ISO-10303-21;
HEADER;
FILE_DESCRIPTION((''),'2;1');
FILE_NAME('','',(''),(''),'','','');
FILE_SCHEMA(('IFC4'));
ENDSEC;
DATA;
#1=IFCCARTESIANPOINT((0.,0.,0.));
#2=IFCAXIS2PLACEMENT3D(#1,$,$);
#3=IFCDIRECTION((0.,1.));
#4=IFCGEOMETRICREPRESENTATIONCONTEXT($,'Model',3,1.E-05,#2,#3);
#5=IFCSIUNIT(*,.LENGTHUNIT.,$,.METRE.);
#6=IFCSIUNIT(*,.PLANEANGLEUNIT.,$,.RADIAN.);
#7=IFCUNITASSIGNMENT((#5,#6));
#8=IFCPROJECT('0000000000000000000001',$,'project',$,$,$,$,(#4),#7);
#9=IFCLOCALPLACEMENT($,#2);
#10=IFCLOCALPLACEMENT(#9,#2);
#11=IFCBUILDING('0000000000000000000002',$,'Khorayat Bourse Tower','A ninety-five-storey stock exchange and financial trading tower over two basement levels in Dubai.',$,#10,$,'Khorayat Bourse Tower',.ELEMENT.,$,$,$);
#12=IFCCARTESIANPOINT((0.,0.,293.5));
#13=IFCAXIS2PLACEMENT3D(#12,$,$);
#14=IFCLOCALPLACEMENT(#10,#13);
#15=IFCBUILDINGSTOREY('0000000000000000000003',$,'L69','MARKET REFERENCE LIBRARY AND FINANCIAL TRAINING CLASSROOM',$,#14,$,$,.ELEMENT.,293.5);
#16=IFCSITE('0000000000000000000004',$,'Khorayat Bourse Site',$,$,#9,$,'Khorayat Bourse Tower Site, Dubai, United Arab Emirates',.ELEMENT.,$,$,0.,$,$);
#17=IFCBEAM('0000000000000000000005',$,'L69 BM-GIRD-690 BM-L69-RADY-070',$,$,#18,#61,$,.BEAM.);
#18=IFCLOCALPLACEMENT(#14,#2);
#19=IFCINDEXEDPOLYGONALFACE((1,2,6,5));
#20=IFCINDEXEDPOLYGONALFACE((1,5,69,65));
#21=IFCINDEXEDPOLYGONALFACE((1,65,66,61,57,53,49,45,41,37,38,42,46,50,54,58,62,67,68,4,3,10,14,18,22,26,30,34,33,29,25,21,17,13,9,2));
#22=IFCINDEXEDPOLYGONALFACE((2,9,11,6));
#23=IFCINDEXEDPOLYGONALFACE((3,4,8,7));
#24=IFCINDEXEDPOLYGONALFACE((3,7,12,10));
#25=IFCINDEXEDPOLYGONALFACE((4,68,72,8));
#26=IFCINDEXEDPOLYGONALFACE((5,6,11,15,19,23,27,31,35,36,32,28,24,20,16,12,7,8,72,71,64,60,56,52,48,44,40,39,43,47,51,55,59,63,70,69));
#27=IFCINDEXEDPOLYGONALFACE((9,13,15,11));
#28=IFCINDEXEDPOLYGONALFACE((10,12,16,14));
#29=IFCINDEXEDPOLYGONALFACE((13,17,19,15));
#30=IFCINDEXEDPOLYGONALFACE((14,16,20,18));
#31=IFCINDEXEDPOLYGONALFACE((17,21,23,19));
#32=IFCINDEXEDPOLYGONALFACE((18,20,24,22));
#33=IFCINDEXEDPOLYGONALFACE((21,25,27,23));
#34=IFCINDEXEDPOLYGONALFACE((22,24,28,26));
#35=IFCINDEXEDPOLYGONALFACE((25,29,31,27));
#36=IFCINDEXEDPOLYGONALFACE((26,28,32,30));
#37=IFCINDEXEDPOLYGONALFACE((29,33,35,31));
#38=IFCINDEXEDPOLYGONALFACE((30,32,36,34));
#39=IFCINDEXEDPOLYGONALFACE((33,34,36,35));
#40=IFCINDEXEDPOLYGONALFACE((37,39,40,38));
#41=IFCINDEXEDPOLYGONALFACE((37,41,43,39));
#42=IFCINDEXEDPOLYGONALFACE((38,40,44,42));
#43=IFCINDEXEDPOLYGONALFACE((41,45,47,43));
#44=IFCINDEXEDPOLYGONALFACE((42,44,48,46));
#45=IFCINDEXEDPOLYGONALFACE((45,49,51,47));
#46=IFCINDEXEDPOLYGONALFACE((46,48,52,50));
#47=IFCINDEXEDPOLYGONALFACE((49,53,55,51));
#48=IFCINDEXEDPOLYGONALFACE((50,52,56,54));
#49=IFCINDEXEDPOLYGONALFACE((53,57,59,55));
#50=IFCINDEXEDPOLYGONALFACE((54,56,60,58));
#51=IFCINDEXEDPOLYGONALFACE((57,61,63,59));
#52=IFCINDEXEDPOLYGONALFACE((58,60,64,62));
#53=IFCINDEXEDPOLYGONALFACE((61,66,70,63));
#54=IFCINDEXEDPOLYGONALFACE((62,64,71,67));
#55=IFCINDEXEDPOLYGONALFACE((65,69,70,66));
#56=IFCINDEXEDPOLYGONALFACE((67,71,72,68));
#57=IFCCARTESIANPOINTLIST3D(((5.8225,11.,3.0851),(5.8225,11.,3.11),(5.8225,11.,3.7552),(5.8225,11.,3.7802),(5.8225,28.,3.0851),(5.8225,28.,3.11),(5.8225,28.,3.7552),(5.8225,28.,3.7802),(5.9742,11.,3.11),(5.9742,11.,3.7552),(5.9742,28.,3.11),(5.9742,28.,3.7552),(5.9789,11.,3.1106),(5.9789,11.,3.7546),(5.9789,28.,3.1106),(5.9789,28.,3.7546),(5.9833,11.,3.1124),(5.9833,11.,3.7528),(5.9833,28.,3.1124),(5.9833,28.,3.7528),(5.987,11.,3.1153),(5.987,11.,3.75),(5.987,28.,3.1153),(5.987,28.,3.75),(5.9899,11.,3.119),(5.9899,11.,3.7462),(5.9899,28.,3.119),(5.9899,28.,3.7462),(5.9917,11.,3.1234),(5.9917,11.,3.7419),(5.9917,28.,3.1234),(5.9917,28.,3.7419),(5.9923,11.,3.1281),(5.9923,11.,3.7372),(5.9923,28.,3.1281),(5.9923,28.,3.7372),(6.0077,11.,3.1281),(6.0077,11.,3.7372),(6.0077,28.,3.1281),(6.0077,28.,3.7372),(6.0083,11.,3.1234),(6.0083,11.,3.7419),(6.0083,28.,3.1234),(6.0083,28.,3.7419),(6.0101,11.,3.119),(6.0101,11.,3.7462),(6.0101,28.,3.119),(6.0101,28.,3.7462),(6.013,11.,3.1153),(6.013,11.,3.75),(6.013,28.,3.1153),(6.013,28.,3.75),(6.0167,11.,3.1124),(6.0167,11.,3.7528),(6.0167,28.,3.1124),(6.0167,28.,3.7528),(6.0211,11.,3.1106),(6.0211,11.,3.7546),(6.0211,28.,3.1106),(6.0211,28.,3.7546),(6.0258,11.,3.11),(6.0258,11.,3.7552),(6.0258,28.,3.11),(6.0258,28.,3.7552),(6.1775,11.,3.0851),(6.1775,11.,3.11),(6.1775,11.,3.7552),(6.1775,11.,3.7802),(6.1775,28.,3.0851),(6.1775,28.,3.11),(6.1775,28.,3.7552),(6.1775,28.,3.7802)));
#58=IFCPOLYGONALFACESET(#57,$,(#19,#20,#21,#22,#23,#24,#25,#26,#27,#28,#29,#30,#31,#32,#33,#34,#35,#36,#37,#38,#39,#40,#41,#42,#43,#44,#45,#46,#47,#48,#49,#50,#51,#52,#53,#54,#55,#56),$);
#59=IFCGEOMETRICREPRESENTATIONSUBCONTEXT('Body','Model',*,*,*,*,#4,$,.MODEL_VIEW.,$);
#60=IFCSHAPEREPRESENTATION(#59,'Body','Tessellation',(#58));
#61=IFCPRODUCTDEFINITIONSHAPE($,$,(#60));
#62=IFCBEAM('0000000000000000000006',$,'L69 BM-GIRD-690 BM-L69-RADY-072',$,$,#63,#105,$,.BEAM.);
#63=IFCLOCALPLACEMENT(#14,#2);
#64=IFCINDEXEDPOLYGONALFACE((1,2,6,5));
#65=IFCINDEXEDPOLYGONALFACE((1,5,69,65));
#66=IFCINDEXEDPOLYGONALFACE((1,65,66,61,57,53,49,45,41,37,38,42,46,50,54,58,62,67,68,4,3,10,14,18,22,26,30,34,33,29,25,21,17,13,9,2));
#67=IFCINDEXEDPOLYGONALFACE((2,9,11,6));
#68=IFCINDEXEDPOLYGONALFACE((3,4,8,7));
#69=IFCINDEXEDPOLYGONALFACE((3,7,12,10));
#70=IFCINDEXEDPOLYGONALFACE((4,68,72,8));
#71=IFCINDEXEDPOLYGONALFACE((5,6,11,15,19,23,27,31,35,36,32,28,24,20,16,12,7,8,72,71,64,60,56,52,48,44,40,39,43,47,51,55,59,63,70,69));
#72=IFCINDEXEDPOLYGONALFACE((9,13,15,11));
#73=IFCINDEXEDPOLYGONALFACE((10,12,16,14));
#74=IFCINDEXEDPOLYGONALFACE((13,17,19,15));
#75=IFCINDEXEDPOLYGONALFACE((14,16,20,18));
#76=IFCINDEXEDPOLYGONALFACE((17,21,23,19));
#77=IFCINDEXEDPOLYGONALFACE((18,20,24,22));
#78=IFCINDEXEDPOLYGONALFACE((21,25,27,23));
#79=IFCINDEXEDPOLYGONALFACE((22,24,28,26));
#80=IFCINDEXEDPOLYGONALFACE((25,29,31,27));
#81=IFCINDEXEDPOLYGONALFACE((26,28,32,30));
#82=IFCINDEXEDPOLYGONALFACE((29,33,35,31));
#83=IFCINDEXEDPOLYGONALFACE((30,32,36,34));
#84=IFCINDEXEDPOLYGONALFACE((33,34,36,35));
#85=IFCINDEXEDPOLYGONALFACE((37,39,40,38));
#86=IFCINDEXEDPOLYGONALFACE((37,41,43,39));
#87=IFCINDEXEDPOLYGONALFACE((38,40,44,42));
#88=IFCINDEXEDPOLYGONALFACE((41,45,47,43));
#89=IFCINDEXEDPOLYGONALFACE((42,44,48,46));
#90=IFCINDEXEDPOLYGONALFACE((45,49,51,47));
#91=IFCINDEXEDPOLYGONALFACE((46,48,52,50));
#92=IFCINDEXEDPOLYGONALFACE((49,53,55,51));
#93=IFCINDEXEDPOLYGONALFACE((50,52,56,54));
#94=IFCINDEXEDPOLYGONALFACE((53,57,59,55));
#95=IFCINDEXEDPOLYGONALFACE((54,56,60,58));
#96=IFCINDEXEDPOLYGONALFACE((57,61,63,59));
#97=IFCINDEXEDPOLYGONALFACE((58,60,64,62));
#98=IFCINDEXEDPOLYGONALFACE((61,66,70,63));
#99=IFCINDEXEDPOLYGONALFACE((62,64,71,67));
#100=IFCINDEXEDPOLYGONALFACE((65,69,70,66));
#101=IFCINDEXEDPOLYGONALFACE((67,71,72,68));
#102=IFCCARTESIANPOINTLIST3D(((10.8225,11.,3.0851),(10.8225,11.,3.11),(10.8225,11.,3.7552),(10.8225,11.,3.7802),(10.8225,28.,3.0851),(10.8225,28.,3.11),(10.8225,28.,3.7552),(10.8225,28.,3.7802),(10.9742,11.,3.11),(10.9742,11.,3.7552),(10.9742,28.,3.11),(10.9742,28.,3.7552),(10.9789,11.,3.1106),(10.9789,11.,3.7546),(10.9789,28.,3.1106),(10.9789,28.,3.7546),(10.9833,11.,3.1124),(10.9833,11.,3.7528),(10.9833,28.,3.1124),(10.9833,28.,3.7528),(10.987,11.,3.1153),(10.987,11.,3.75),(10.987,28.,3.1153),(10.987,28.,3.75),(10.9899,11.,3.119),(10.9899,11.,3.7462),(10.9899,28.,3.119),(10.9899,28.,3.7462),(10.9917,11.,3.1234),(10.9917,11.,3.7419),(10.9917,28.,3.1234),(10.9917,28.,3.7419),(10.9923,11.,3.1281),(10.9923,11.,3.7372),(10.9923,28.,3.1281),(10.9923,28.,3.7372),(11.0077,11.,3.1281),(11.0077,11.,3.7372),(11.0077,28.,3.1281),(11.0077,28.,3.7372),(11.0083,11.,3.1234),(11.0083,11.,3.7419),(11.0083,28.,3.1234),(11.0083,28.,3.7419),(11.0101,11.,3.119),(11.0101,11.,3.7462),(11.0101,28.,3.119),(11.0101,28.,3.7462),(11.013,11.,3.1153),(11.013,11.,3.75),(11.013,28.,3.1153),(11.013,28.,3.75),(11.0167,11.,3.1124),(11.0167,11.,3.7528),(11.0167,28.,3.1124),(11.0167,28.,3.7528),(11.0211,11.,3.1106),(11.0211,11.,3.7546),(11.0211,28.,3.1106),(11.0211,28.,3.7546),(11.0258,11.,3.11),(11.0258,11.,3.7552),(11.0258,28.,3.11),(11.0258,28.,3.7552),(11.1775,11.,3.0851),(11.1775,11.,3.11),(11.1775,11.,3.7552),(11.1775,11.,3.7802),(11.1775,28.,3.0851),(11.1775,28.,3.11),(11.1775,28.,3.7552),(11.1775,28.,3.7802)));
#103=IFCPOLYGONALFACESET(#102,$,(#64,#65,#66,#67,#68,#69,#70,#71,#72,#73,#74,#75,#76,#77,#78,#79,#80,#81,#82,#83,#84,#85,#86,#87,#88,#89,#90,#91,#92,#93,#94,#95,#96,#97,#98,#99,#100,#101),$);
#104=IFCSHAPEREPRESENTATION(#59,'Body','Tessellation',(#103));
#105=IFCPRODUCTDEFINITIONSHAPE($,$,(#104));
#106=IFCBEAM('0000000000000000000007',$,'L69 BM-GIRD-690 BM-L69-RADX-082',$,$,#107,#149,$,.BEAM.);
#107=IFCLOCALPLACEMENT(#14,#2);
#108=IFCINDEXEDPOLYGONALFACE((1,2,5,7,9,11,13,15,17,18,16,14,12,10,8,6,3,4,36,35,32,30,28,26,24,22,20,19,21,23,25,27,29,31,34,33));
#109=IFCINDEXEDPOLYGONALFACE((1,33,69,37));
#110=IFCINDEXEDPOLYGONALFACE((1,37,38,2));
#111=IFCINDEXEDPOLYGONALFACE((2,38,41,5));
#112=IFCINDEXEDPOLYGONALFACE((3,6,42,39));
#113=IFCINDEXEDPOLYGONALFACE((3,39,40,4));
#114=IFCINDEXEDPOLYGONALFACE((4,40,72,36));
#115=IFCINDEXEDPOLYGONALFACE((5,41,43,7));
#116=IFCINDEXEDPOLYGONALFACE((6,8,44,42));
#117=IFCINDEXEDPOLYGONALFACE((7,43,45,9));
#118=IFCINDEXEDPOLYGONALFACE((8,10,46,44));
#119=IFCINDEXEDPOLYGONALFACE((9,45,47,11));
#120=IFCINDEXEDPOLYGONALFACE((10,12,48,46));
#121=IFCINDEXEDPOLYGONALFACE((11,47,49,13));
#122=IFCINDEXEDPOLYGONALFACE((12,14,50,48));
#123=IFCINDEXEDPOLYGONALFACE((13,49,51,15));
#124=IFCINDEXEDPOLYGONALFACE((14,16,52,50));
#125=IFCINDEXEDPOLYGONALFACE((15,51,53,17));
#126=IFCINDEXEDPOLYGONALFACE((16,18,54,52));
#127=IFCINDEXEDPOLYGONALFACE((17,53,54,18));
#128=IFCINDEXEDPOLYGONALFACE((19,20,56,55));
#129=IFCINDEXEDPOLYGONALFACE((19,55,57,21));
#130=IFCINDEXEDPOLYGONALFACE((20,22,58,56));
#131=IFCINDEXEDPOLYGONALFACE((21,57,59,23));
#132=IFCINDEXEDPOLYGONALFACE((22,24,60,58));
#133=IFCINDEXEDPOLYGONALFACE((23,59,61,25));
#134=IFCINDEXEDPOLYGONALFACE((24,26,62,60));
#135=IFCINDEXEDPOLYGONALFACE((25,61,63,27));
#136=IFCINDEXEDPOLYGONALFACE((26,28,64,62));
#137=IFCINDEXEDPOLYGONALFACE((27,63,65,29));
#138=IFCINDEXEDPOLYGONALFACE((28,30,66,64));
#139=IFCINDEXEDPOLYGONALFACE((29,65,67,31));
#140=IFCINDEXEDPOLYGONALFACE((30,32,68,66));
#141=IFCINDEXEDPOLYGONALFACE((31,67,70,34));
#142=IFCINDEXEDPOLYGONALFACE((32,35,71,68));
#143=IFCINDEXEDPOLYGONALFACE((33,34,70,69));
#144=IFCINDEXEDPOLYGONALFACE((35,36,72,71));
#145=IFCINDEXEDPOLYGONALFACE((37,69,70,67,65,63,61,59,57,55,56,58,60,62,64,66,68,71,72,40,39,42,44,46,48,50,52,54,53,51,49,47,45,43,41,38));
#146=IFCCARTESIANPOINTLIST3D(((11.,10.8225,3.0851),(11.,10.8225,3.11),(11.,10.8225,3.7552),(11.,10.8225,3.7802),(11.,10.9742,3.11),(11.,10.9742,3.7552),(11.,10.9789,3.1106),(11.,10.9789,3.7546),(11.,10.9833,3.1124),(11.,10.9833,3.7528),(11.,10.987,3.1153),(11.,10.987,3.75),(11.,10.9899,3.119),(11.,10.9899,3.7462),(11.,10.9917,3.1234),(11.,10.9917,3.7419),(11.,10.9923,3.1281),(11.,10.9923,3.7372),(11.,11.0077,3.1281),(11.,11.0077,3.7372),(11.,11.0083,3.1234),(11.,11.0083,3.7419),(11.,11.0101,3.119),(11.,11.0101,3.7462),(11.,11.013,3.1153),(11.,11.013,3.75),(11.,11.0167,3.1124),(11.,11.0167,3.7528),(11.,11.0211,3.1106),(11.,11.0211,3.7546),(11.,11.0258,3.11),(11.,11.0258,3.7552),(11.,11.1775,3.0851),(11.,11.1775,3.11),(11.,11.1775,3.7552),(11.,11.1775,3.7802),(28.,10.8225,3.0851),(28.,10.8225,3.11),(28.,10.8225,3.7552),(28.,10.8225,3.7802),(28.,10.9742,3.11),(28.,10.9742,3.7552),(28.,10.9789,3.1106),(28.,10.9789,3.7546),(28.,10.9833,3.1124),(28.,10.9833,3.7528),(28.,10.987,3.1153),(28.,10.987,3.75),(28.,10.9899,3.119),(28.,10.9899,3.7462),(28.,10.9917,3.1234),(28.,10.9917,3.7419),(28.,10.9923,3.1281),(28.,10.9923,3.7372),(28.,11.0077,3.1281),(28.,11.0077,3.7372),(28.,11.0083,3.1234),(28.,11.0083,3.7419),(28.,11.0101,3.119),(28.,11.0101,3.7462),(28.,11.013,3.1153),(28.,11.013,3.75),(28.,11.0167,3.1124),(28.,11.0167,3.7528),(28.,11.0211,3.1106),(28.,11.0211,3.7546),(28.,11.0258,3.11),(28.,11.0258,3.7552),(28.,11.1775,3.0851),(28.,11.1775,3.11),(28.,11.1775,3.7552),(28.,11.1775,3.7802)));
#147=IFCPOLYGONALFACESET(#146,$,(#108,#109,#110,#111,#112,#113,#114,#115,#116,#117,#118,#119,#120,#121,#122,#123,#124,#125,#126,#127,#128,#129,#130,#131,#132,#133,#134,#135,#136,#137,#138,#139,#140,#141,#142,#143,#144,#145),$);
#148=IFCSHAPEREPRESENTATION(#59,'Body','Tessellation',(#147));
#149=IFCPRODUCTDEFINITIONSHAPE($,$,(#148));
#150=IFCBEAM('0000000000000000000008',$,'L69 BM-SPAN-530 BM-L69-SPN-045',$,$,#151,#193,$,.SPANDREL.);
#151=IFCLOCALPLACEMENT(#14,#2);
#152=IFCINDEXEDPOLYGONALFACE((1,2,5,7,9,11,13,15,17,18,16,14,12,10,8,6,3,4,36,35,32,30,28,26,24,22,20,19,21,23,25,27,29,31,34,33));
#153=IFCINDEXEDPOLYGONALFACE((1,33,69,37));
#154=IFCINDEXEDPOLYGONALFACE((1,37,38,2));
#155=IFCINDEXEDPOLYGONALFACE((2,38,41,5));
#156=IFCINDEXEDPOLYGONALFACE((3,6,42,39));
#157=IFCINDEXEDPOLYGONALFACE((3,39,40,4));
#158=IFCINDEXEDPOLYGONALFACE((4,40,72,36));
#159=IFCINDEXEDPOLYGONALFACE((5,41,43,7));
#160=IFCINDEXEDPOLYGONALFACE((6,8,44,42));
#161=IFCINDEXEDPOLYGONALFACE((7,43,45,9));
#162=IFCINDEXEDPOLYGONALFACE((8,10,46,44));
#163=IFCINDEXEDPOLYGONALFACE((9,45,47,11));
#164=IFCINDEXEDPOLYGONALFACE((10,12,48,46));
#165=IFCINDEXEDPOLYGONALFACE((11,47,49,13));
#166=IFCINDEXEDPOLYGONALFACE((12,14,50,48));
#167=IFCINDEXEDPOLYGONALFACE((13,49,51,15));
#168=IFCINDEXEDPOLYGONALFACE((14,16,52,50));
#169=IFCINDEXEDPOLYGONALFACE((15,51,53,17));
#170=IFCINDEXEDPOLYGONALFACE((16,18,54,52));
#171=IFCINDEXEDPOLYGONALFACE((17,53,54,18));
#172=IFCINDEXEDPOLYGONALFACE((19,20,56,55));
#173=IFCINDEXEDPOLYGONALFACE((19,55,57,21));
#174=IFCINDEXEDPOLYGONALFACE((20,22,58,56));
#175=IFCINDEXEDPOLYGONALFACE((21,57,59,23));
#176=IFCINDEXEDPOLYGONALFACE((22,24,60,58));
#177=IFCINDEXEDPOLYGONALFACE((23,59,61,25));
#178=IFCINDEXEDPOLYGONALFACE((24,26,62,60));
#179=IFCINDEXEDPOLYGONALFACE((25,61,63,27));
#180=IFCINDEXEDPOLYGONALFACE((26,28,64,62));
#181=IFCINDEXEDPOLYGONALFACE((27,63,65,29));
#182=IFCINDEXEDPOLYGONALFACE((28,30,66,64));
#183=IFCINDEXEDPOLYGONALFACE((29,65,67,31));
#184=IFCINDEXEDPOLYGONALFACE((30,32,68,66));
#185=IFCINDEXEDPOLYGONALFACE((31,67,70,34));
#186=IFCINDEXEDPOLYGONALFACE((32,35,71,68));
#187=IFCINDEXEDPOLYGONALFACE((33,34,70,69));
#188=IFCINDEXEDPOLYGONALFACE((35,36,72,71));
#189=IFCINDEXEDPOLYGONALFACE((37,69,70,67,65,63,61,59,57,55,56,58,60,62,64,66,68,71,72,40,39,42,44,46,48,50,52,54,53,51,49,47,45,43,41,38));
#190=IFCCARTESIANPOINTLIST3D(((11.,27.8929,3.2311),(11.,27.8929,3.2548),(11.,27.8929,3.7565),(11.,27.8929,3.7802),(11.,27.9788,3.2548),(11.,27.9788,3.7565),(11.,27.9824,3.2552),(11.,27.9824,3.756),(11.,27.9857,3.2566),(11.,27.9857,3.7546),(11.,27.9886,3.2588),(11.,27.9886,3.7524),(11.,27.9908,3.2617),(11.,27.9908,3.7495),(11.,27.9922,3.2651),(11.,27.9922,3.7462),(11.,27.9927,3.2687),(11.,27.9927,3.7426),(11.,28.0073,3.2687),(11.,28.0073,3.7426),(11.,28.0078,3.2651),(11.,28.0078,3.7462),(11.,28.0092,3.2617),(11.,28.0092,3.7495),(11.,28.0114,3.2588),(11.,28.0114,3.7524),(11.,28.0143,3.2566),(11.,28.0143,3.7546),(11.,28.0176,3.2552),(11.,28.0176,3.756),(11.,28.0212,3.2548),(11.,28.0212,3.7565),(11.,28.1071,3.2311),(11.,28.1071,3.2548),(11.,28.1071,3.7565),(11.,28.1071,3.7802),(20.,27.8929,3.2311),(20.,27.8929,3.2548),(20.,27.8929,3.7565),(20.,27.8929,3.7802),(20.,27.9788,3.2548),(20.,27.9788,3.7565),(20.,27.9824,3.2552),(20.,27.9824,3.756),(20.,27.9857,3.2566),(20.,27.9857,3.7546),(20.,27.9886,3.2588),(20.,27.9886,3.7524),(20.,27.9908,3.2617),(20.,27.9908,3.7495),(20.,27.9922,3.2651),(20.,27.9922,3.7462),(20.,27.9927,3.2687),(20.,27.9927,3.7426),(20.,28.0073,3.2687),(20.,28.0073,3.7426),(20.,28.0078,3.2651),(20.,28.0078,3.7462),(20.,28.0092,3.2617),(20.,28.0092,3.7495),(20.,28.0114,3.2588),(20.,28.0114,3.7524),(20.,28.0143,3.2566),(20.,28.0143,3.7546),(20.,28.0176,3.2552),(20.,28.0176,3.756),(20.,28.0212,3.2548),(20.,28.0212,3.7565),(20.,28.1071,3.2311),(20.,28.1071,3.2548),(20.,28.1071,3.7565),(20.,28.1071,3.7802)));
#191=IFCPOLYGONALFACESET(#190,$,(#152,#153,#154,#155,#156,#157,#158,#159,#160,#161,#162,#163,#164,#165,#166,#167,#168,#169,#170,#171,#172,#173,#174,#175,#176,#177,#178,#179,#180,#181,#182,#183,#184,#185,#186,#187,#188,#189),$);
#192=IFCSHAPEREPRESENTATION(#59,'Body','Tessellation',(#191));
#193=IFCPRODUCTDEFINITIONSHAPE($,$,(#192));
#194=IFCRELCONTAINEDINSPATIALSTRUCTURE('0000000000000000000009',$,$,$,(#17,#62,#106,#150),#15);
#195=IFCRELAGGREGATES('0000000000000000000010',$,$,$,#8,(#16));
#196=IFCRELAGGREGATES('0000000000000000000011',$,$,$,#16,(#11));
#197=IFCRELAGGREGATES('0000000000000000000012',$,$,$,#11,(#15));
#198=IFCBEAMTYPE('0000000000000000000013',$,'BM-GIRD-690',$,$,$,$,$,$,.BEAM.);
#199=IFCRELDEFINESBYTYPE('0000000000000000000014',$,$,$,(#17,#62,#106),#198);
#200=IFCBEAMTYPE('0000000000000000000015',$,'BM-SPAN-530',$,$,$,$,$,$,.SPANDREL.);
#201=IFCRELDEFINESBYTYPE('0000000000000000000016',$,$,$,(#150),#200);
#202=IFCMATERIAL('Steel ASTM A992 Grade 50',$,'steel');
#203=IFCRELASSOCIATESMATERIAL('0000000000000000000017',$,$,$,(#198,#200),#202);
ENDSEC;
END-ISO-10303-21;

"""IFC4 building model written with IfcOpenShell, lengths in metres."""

from ifc_helpers import new_model, si_unit, direction, frame, origin, origin_2d, place, context, subcontext, project, spatial, i_section, extrude, source, transform, mapped, material, material_profile, profile_set, type_object, element, save


model = new_model("IFC4")

# Units and contexts
model_context = context("Model", 3, precision=1e-05, world=origin(), true_north=direction((0.0, 1.0)))
body_context = subcontext(model_context, "Body", "Model", "MODEL_VIEW")
ifc_project = project(units=[si_unit("LENGTHUNIT", "METRE"), si_unit("PLANEANGLEUNIT", "RADIAN")], contexts=[model_context])

# Site, building, storey
site_placement = place(None, origin())
site = spatial("IfcSite", under=ifc_project, at=site_placement, Name="Khorayat Bourse Site", LongName="Khorayat Bourse Tower Site, Dubai, United Arab Emirates", CompositionType="ELEMENT", RefElevation=0.0)
building_placement = place(site_placement, origin())
building = spatial("IfcBuilding", under=site, at=building_placement, Name="Khorayat Bourse Tower", Description="A ninety-five-storey stock exchange and financial trading tower over two basement levels in Dubai.", LongName="Khorayat Bourse Tower", CompositionType="ELEMENT")
storey_placement = place(building_placement, frame((0.0, 0.0, 293.5)))
storey = spatial("IfcBuildingStorey", under=building, at=storey_placement, Name="L69", Description="MARKET REFERENCE LIBRARY AND FINANCIAL TRAINING CLASSROOM", CompositionType="ELEMENT", Elevation=293.5)

# Beams
ifc_material_1 = material(Name="Steel ASTM A992 Grade 50", Category="steel")
ifc_material_profile_1 = material_profile(ifc_material_1, i_section(OverallWidth=0.355, OverallDepth=0.6951, WebThickness=0.0154, FlangeThickness=0.0249, FilletRadius=0.0181, at=origin_2d()), Name="W690X217")
ifc_profile_set_1 = profile_set([ifc_material_profile_1], Name="Steel ASTM A992 Grade 50")
beam_type_1 = type_object("IfcBeamType", Name="BM-GIRD-690", PredefinedType="BEAM", material=ifc_profile_set_1)
shared_shape_1 = source(origin(), body_context, "Body", "SweptSolid", [
    extrude(i_section(OverallWidth=0.355, OverallDepth=0.6951, WebThickness=0.0154, FlangeThickness=0.0249, FilletRadius=0.0181, at=origin_2d()), origin(), (0.0, 0.0, 1.0), 17.0),
])
for number, where, z_axis, x_axis, name in (
    (1, (6.0, 11.0, 3.4326), (0.0, 1.0, 0.0), (-1.0, 0.0, 0.0), "L69 BM-GIRD-690 BM-L69-RADY-070"),
    (2, (11.0, 11.0, 3.4326), (0.0, 1.0, 0.0), (-1.0, 0.0, 0.0), "L69 BM-GIRD-690 BM-L69-RADY-072"),
    (3, (11.0, 11.0, 3.4326), (1.0, 0.0, 0.0), (0.0, 1.0, 0.0), "L69 BM-GIRD-690 BM-L69-RADX-082"),
):
    element("IfcBeam", number, at=place(storey_placement, frame(where, z_axis=z_axis, x_axis=x_axis)), inside=storey, type_object=beam_type_1, Name=name, PredefinedType="BEAM", context=body_context, shape_type="MappedRepresentation", body=[
        mapped(shared_shape_1, transform((0.0, 0.0, 0.0), scale=1.0)),
    ])
ifc_material_profile_2 = material_profile(ifc_material_1, i_section(OverallWidth=0.2141, OverallDepth=0.5491, WebThickness=0.0146, FlangeThickness=0.0237, FilletRadius=0.0139, at=origin_2d()), Name="W530X138")
ifc_profile_set_2 = profile_set([ifc_material_profile_2], Name="Steel ASTM A992 Grade 50")
beam_type_2 = type_object("IfcBeamType", Name="BM-SPAN-530", PredefinedType="SPANDREL", material=ifc_profile_set_2)
shared_shape_2 = source(origin(), body_context, "Body", "SweptSolid", [
    extrude(i_section(OverallWidth=0.2141, OverallDepth=0.5491, WebThickness=0.0146, FlangeThickness=0.0237, FilletRadius=0.0139, at=origin_2d()), origin(), (0.0, 0.0, 1.0), 9.0),
])
beam_1_placement = place(storey_placement, frame((11.0, 28.0, 3.5056), z_axis=(1.0, 0.0, 0.0), x_axis=(0.0, 1.0, 0.0)))
element("IfcBeam", 4, at=beam_1_placement, inside=storey, type_object=beam_type_2, Name="L69 BM-SPAN-530 BM-L69-SPN-045", PredefinedType="SPANDREL", context=body_context, shape_type="MappedRepresentation", body=[
    mapped(shared_shape_2, transform((0.0, 0.0, 0.0), scale=1.0)),
])

save(model, "model.ifc")
